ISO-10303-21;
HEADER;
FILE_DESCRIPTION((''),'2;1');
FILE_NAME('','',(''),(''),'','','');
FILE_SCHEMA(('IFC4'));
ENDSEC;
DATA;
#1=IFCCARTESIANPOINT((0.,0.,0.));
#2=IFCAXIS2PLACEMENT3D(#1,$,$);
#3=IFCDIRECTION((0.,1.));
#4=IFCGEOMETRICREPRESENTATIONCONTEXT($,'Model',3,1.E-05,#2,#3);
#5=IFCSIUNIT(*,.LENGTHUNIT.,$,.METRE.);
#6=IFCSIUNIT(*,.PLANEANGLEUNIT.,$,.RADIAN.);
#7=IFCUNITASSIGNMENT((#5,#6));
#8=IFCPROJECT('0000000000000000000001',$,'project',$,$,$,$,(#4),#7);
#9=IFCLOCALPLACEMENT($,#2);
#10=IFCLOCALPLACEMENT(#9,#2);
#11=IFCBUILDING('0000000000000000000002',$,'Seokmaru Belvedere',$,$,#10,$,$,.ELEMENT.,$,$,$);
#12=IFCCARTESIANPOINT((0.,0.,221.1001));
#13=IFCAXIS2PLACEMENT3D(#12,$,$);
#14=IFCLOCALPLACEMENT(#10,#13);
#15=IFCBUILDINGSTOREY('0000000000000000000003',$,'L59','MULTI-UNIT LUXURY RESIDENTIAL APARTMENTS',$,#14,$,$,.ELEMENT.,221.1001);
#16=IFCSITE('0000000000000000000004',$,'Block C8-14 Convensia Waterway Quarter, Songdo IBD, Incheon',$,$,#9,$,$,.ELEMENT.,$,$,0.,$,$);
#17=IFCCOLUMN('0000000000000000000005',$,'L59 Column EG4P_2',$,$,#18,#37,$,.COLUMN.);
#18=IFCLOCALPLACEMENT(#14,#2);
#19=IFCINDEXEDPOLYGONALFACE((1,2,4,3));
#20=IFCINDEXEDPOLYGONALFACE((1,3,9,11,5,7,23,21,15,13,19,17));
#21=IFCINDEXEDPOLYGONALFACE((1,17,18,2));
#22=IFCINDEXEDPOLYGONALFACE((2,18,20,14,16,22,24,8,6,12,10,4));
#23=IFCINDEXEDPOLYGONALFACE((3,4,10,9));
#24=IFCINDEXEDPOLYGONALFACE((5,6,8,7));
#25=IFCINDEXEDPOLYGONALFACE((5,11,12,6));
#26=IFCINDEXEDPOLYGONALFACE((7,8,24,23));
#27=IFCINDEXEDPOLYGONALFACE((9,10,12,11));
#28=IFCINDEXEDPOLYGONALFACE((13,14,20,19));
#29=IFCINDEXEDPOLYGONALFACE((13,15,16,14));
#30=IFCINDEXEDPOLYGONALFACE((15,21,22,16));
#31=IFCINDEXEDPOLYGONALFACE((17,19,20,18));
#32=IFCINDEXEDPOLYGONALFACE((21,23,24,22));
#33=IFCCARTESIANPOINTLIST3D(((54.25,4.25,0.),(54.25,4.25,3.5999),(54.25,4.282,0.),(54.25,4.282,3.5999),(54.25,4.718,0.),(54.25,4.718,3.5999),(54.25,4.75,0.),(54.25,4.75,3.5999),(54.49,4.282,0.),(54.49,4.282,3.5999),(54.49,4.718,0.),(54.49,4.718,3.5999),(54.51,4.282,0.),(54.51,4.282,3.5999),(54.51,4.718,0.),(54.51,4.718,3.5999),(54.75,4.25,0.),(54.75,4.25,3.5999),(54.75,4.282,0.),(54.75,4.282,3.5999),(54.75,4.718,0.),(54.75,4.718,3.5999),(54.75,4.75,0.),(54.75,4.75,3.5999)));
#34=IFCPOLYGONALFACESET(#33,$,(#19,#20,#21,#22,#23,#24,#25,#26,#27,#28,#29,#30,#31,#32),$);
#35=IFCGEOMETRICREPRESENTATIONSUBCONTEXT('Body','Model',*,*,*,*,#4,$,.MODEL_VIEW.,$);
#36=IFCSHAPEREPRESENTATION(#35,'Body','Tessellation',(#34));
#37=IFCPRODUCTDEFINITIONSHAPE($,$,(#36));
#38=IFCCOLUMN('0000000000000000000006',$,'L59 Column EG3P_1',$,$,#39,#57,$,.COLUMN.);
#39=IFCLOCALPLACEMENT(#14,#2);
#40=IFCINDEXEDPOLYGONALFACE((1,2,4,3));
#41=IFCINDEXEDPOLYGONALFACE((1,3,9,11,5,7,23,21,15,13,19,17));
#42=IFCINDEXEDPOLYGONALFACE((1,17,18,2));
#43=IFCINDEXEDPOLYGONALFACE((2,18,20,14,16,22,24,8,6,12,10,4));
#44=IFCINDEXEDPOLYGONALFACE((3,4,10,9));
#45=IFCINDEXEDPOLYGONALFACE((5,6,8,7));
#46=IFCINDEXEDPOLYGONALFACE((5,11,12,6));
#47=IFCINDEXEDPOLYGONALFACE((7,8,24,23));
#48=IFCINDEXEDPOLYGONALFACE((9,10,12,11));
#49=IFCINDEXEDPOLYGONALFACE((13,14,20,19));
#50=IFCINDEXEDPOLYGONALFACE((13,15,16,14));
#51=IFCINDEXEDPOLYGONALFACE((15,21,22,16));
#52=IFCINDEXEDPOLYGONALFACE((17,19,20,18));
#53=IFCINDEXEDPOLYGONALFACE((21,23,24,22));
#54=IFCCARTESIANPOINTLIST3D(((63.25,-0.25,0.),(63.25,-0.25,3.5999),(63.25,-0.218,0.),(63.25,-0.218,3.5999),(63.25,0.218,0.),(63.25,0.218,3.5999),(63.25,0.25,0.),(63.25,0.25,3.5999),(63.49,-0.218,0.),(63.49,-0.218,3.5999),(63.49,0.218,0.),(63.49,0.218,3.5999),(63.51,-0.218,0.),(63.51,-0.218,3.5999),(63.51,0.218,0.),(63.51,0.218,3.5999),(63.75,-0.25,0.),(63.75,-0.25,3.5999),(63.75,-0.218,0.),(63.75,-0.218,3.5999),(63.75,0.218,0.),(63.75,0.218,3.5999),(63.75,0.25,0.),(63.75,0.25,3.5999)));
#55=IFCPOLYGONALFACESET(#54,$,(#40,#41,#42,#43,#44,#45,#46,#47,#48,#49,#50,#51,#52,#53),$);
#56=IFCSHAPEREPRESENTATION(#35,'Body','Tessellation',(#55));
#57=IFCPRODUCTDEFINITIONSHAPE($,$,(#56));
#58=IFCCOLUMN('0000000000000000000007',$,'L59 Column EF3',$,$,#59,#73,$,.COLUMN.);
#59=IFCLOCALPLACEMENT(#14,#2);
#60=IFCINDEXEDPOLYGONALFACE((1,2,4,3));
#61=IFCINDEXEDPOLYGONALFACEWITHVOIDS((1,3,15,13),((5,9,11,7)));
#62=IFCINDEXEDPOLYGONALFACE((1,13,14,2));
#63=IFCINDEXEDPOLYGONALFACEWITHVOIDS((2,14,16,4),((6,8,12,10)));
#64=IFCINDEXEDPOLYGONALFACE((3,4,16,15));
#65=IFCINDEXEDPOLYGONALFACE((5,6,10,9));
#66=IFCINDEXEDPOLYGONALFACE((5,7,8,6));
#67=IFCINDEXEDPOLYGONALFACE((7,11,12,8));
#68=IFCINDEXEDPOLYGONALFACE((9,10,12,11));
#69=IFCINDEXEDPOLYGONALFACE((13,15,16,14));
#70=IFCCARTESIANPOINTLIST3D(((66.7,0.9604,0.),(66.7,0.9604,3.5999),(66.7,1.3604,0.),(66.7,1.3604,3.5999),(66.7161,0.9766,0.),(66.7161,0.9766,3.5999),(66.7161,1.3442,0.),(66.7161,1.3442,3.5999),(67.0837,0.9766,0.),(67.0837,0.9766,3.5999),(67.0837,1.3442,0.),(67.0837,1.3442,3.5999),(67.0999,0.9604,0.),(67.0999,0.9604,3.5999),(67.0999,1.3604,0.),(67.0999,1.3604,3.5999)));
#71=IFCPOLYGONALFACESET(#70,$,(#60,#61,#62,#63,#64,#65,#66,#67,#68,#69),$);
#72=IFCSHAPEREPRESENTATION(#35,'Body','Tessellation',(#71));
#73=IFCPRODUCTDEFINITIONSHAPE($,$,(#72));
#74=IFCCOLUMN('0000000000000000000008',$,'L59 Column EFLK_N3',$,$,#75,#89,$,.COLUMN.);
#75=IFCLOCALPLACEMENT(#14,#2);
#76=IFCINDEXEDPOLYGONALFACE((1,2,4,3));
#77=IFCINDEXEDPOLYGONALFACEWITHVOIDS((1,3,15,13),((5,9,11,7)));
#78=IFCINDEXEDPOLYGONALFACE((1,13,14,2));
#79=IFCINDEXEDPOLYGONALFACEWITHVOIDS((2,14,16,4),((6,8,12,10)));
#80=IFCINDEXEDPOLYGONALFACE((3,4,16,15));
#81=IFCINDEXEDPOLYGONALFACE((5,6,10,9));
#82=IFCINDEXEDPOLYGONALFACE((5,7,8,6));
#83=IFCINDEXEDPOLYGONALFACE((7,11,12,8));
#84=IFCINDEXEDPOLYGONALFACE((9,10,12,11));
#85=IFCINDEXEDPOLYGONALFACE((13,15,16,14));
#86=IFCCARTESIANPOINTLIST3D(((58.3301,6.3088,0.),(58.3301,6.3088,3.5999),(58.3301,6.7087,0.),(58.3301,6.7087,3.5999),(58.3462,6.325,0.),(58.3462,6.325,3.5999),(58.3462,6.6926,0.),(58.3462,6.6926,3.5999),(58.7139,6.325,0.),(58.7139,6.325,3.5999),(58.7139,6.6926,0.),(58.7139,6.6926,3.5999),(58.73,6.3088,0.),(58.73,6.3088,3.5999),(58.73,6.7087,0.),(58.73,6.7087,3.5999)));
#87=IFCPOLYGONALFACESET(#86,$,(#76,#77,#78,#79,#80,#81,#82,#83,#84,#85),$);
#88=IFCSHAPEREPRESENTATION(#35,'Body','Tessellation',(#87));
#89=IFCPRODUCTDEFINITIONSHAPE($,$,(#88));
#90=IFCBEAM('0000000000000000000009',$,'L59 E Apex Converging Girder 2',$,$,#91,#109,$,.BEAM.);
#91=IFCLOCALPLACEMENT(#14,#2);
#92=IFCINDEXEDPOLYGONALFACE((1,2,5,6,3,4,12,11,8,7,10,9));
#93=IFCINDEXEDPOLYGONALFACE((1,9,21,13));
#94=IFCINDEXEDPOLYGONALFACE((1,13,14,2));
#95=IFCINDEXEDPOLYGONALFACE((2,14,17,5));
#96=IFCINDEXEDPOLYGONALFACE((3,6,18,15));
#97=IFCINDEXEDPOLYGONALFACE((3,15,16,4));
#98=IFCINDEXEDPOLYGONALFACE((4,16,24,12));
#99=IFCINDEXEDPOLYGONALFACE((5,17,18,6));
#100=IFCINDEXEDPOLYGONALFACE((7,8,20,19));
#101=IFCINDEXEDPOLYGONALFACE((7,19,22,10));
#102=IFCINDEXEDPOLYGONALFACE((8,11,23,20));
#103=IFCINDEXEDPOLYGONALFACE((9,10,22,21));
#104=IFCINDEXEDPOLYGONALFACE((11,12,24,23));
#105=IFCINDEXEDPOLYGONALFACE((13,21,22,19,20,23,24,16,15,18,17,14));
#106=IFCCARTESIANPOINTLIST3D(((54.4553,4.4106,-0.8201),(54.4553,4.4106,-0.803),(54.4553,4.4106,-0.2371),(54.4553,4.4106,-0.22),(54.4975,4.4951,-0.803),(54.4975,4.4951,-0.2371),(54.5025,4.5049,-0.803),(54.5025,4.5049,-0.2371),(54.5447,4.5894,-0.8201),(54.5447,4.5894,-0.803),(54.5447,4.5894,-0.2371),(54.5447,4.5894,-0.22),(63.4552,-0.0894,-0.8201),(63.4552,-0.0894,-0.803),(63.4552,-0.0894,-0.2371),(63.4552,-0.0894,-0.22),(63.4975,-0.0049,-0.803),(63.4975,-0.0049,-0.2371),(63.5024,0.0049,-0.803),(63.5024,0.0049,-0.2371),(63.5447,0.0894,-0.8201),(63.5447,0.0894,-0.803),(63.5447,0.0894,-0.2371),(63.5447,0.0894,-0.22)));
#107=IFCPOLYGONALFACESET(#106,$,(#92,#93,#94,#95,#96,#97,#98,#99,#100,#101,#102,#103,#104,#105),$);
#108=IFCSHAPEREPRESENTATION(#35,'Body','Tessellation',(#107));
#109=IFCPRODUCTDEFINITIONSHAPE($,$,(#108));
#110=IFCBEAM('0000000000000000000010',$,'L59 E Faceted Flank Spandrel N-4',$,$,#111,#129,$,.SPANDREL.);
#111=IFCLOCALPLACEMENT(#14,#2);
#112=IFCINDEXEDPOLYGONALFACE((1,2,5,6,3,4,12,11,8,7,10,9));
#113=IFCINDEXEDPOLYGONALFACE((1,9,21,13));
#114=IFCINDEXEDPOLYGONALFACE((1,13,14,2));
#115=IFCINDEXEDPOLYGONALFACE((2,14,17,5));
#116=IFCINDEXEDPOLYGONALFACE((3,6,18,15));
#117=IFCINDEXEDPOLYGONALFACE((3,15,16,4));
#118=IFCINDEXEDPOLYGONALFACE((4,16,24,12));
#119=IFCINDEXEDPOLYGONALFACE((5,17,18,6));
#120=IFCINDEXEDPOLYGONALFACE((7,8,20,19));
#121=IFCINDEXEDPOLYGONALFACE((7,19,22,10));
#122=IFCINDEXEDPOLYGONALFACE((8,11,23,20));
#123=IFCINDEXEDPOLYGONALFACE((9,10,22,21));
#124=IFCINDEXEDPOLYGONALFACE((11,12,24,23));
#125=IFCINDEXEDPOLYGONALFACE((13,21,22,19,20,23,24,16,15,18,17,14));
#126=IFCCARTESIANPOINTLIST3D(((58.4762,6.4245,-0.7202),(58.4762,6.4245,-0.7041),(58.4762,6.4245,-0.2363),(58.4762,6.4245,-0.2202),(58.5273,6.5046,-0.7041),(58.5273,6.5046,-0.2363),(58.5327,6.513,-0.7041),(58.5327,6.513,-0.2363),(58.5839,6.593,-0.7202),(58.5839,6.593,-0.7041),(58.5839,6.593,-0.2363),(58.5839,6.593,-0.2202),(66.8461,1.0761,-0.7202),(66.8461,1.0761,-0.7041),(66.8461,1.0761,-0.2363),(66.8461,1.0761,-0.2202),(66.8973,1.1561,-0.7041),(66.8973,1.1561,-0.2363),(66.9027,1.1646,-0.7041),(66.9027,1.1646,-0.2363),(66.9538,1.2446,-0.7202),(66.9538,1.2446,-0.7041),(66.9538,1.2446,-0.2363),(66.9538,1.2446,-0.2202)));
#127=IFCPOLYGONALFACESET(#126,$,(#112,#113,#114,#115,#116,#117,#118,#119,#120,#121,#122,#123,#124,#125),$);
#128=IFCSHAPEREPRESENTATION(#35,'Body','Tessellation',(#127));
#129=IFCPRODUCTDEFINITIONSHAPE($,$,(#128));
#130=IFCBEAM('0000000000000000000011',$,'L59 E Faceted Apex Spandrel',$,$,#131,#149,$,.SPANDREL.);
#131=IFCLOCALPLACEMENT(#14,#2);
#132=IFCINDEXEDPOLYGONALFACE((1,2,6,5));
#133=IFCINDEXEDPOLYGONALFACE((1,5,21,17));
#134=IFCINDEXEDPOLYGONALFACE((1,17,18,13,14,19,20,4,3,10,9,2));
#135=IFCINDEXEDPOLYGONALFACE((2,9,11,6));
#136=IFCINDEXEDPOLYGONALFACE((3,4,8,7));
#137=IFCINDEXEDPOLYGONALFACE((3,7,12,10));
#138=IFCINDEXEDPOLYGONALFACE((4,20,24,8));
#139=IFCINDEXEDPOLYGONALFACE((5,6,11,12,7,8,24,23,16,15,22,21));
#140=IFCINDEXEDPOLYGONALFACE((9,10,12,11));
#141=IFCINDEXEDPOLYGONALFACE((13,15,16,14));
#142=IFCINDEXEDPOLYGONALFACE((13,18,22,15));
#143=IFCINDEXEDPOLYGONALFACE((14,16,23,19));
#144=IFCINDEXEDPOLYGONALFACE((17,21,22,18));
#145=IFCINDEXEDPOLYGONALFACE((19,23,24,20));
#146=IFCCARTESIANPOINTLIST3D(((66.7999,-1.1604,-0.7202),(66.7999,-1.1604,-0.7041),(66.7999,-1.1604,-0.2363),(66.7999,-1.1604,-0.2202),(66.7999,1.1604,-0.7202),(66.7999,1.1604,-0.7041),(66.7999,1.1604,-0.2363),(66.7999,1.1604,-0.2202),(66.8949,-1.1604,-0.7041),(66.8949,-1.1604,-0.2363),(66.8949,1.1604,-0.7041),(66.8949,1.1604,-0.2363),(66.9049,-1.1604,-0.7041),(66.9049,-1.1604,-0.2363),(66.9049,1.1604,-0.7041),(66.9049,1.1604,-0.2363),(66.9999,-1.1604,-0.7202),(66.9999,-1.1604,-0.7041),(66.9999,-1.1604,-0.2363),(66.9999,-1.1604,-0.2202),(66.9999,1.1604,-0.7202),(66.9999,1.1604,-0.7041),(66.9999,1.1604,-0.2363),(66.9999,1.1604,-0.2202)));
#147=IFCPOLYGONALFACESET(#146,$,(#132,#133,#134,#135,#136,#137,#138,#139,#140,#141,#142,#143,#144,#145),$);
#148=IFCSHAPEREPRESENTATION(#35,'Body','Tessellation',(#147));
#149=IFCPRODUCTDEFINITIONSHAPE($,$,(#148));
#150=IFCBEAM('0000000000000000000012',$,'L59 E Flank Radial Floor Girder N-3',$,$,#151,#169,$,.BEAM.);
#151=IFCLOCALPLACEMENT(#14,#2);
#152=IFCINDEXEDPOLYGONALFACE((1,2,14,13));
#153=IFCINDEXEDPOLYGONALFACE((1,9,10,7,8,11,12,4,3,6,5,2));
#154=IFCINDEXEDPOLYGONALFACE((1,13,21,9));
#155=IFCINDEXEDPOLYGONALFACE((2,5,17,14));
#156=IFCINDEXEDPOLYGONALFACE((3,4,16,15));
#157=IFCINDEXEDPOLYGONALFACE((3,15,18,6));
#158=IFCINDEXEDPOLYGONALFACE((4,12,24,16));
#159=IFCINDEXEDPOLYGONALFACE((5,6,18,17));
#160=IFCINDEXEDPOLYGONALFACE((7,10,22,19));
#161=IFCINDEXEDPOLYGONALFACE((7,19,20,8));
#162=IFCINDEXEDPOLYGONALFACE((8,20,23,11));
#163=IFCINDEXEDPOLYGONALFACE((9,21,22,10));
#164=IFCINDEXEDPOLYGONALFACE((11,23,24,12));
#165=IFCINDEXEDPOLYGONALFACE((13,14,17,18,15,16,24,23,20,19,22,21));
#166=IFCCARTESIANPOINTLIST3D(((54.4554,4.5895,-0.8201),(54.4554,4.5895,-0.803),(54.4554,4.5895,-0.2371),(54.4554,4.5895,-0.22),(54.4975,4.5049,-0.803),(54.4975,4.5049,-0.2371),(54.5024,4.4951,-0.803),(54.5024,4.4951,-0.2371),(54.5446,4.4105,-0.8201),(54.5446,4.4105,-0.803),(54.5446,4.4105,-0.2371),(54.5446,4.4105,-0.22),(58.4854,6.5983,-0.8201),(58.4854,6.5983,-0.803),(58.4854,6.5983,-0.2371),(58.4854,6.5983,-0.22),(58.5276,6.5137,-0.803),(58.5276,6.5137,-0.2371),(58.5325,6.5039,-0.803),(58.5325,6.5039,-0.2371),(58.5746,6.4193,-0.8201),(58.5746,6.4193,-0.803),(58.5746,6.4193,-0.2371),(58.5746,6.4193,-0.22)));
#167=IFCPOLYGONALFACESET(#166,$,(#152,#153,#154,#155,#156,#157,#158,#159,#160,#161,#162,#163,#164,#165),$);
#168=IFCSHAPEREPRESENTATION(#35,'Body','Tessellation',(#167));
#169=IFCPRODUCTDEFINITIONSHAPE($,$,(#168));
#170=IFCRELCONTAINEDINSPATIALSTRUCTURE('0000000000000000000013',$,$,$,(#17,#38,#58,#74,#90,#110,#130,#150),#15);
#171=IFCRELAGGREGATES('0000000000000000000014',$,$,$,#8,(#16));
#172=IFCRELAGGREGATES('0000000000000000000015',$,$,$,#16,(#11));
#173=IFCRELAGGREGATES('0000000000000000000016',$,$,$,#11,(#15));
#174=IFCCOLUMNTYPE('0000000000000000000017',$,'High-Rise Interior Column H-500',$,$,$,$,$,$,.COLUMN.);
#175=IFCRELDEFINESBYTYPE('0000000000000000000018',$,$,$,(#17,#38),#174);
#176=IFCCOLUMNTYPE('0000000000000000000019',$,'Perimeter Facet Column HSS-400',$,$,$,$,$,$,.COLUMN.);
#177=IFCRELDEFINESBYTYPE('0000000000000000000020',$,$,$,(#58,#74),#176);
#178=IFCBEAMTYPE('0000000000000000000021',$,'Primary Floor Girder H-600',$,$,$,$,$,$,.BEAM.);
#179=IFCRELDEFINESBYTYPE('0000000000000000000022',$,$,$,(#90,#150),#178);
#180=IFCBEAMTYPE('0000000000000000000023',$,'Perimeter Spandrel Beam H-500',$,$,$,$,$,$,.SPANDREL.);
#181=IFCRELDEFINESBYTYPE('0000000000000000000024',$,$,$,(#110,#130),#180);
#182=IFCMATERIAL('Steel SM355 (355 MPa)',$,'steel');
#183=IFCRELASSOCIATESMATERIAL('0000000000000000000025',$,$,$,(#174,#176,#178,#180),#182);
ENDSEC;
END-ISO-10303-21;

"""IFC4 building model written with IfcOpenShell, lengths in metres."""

from ifc_helpers import new_model, si_unit, direction, frame, origin, origin_2d, place, context, subcontext, project, spatial, hollow_rectangle, i_section, extrude, source, transform, mapped, material, material_profile, profile_set, type_object, type_shapes, element, save


model = new_model("IFC4")

# Units and contexts
model_context = context("Model", 3, precision=1e-05, world=origin(), true_north=direction((0.0, 1.0)))
body_context = subcontext(model_context, "Body", "Model", "MODEL_VIEW")
ifc_project = project(units=[si_unit("LENGTHUNIT", "METRE"), si_unit("PLANEANGLEUNIT", "RADIAN")], contexts=[model_context])

# Site, building, storey
site_placement = place(None, origin())
site = spatial("IfcSite", under=ifc_project, at=site_placement, Name="Block C8-14 Convensia Waterway Quarter, Songdo IBD, Incheon", CompositionType="ELEMENT", RefElevation=0.0)
building_placement = place(site_placement, origin())
building = spatial("IfcBuilding", under=site, at=building_placement, Name="Seokmaru Belvedere", CompositionType="ELEMENT")
storey_placement = place(building_placement, frame((0.0, 0.0, 221.1001)))
storey = spatial("IfcBuildingStorey", under=building, at=storey_placement, Name="L59", Description="MULTI-UNIT LUXURY RESIDENTIAL APARTMENTS", CompositionType="ELEMENT", Elevation=221.1001)

# Columns
ifc_material_1 = material(Name="Steel SM355 (355 MPa)", Category="steel")
ifc_material_profile_1 = material_profile(ifc_material_1, i_section(OverallWidth=0.5, OverallDepth=0.5, WebThickness=0.02, FlangeThickness=0.032, at=origin_2d()), Name="H-500x500x20x32")
ifc_profile_set_1 = profile_set([ifc_material_profile_1], Name="Steel SM355 (355 MPa)")
column_type_1 = type_object("IfcColumnType", Name="High-Rise Interior Column H-500", PredefinedType="COLUMN", material=ifc_profile_set_1)
shared_shape_1 = source(origin(), body_context, "Body", "SweptSolid", [
    extrude(i_section(OverallWidth=0.5, OverallDepth=0.5, WebThickness=0.02, FlangeThickness=0.032, at=origin_2d()), origin(), (0.0, 0.0, 1.0), 3.5999),
])
type_shapes(column_type_1, [shared_shape_1])
for number, where, z_axis, x_axis, name in (
    (1, (54.5, 4.5, 0.0), (0.0, 0.0, 1.0), (1.0, 0.0, 0.0), "L59 Column EG4P_2"),
    (2, (63.5, 0.0, 0.0), (0.0, 0.0, 1.0), (1.0, 0.0, 0.0), "L59 Column EG3P_1"),
):
    element("IfcColumn", number, at=place(storey_placement, frame(where, z_axis=z_axis, x_axis=x_axis)), inside=storey, type_object=column_type_1, Name=name, PredefinedType="COLUMN", context=body_context, shape_type="MappedRepresentation", body=[
        mapped(shared_shape_1, transform((0.0, 0.0, 0.0), scale=1.0)),
    ])
ifc_material_profile_2 = material_profile(ifc_material_1, hollow_rectangle(XDim=0.3999, YDim=0.3999, WallThickness=0.0161, at=origin_2d()), Name="HSS-400x400x16")
ifc_profile_set_2 = profile_set([ifc_material_profile_2], Name="Steel SM355 (355 MPa)")
column_type_2 = type_object("IfcColumnType", Name="Perimeter Facet Column HSS-400", PredefinedType="COLUMN", material=ifc_profile_set_2)
shared_shape_2 = source(origin(), body_context, "Body", "SweptSolid", [
    extrude(hollow_rectangle(XDim=0.3999, YDim=0.3999, WallThickness=0.0161, at=origin_2d()), origin(), (0.0, 0.0, 1.0), 3.5999),
])
type_shapes(column_type_2, [shared_shape_2])
for number, where, z_axis, x_axis, name in (
    (3, (66.8999, 1.1604, 0.0), (0.0, 0.0, 1.0), (1.0, 0.0, 0.0), "L59 Column EF3"),
    (4, (58.53, 6.5088, 0.0), (0.0, 0.0, 1.0), (1.0, 0.0, 0.0), "L59 Column EFLK_N3"),
):
    element("IfcColumn", number, at=place(storey_placement, frame(where, z_axis=z_axis, x_axis=x_axis)), inside=storey, type_object=column_type_2, Name=name, PredefinedType="COLUMN", context=body_context, shape_type="MappedRepresentation", body=[
        mapped(shared_shape_2, transform((0.0, 0.0, 0.0), scale=1.0)),
    ])

# Beams
ifc_material_profile_3 = material_profile(ifc_material_1, i_section(OverallWidth=0.2, OverallDepth=0.6001, WebThickness=0.011, FlangeThickness=0.0171, at=origin_2d()), Name="H-600x200x11x17")
ifc_profile_set_3 = profile_set([ifc_material_profile_3], Name="Steel SM355 (355 MPa)")
beam_type_1 = type_object("IfcBeamType", Name="Primary Floor Girder H-600", PredefinedType="BEAM", material=ifc_profile_set_3)
shared_shape_3 = source(origin(), body_context, "Body", "SweptSolid", [
    extrude(i_section(OverallWidth=0.2, OverallDepth=0.6001, WebThickness=0.011, FlangeThickness=0.0171, at=origin_2d()), origin(), (0.0, 0.0, 1.0), 10.0623),
])
beam_1_placement = place(storey_placement, frame((54.5, 4.5, -0.52), z_axis=(0.894427, -0.447214, 0.0), x_axis=(0.447214, 0.894427, 0.0)))
element("IfcBeam", 5, at=beam_1_placement, inside=storey, type_object=beam_type_1, Name="L59 E Apex Converging Girder 2", PredefinedType="BEAM", context=body_context, shape_type="MappedRepresentation", body=[
    mapped(shared_shape_3, transform((0.0, 0.0, 0.0), scale=1.0)),
])
ifc_material_profile_4 = material_profile(ifc_material_1, i_section(OverallWidth=0.2, OverallDepth=0.5, WebThickness=0.01, FlangeThickness=0.0161, at=origin_2d()), Name="H-500x200x10x16")
ifc_profile_set_4 = profile_set([ifc_material_profile_4], Name="Steel SM355 (355 MPa)")
beam_type_2 = type_object("IfcBeamType", Name="Perimeter Spandrel Beam H-500", PredefinedType="SPANDREL", material=ifc_profile_set_4)
shared_shape_4 = source(origin(), body_context, "Body", "SweptSolid", [
    extrude(i_section(OverallWidth=0.2, OverallDepth=0.5, WebThickness=0.01, FlangeThickness=0.0161, at=origin_2d()), origin(), (0.0, 0.0, 1.0), 9.9329),
])
beam_2_placement = place(storey_placement, frame((58.53, 6.5088, -0.4702), z_axis=(0.842652, -0.538459, 0.0), x_axis=(0.538459, 0.842652, 0.0)))
element("IfcBeam", 6, at=beam_2_placement, inside=storey, type_object=beam_type_2, Name="L59 E Faceted Flank Spandrel N-4", PredefinedType="SPANDREL", context=body_context, shape_type="MappedRepresentation", body=[
    mapped(shared_shape_4, transform((0.0, 0.0, 0.0), scale=1.0)),
])
shared_shape_5 = source(origin(), body_context, "Body", "SweptSolid", [
    extrude(i_section(OverallWidth=0.2, OverallDepth=0.5, WebThickness=0.01, FlangeThickness=0.0161, at=origin_2d()), origin(), (0.0, 0.0, 1.0), 2.3208),
])
type_shapes(beam_type_2, [shared_shape_4, shared_shape_5])
beam_3_placement = place(storey_placement, frame((66.8999, -1.1604, -0.4702), z_axis=(0.0, 1.0, 0.0), x_axis=(-1.0, 0.0, 0.0)))
element("IfcBeam", 7, at=beam_3_placement, inside=storey, type_object=beam_type_2, Name="L59 E Faceted Apex Spandrel", PredefinedType="SPANDREL", context=body_context, shape_type="MappedRepresentation", body=[
    mapped(shared_shape_5, transform((0.0, 0.0, 0.0), scale=1.0)),
])
shared_shape_6 = source(origin(), body_context, "Body", "SweptSolid", [
    extrude(i_section(OverallWidth=0.2, OverallDepth=0.6001, WebThickness=0.011, FlangeThickness=0.0171, at=origin_2d()), origin(), (0.0, 0.0, 1.0), 4.5029),
])
beam_4_placement = place(storey_placement, frame((58.53, 6.5088, -0.52), z_axis=(-0.89498, -0.446107, 0.0), x_axis=(0.446107, -0.89498, 0.0)))
element("IfcBeam", 8, at=beam_4_placement, inside=storey, type_object=beam_type_1, Name="L59 E Flank Radial Floor Girder N-3", PredefinedType="BEAM", context=body_context, shape_type="MappedRepresentation", body=[
    mapped(shared_shape_6, transform((0.0, 0.0, 0.0), scale=1.0)),
])

save(model, "model.ifc")
